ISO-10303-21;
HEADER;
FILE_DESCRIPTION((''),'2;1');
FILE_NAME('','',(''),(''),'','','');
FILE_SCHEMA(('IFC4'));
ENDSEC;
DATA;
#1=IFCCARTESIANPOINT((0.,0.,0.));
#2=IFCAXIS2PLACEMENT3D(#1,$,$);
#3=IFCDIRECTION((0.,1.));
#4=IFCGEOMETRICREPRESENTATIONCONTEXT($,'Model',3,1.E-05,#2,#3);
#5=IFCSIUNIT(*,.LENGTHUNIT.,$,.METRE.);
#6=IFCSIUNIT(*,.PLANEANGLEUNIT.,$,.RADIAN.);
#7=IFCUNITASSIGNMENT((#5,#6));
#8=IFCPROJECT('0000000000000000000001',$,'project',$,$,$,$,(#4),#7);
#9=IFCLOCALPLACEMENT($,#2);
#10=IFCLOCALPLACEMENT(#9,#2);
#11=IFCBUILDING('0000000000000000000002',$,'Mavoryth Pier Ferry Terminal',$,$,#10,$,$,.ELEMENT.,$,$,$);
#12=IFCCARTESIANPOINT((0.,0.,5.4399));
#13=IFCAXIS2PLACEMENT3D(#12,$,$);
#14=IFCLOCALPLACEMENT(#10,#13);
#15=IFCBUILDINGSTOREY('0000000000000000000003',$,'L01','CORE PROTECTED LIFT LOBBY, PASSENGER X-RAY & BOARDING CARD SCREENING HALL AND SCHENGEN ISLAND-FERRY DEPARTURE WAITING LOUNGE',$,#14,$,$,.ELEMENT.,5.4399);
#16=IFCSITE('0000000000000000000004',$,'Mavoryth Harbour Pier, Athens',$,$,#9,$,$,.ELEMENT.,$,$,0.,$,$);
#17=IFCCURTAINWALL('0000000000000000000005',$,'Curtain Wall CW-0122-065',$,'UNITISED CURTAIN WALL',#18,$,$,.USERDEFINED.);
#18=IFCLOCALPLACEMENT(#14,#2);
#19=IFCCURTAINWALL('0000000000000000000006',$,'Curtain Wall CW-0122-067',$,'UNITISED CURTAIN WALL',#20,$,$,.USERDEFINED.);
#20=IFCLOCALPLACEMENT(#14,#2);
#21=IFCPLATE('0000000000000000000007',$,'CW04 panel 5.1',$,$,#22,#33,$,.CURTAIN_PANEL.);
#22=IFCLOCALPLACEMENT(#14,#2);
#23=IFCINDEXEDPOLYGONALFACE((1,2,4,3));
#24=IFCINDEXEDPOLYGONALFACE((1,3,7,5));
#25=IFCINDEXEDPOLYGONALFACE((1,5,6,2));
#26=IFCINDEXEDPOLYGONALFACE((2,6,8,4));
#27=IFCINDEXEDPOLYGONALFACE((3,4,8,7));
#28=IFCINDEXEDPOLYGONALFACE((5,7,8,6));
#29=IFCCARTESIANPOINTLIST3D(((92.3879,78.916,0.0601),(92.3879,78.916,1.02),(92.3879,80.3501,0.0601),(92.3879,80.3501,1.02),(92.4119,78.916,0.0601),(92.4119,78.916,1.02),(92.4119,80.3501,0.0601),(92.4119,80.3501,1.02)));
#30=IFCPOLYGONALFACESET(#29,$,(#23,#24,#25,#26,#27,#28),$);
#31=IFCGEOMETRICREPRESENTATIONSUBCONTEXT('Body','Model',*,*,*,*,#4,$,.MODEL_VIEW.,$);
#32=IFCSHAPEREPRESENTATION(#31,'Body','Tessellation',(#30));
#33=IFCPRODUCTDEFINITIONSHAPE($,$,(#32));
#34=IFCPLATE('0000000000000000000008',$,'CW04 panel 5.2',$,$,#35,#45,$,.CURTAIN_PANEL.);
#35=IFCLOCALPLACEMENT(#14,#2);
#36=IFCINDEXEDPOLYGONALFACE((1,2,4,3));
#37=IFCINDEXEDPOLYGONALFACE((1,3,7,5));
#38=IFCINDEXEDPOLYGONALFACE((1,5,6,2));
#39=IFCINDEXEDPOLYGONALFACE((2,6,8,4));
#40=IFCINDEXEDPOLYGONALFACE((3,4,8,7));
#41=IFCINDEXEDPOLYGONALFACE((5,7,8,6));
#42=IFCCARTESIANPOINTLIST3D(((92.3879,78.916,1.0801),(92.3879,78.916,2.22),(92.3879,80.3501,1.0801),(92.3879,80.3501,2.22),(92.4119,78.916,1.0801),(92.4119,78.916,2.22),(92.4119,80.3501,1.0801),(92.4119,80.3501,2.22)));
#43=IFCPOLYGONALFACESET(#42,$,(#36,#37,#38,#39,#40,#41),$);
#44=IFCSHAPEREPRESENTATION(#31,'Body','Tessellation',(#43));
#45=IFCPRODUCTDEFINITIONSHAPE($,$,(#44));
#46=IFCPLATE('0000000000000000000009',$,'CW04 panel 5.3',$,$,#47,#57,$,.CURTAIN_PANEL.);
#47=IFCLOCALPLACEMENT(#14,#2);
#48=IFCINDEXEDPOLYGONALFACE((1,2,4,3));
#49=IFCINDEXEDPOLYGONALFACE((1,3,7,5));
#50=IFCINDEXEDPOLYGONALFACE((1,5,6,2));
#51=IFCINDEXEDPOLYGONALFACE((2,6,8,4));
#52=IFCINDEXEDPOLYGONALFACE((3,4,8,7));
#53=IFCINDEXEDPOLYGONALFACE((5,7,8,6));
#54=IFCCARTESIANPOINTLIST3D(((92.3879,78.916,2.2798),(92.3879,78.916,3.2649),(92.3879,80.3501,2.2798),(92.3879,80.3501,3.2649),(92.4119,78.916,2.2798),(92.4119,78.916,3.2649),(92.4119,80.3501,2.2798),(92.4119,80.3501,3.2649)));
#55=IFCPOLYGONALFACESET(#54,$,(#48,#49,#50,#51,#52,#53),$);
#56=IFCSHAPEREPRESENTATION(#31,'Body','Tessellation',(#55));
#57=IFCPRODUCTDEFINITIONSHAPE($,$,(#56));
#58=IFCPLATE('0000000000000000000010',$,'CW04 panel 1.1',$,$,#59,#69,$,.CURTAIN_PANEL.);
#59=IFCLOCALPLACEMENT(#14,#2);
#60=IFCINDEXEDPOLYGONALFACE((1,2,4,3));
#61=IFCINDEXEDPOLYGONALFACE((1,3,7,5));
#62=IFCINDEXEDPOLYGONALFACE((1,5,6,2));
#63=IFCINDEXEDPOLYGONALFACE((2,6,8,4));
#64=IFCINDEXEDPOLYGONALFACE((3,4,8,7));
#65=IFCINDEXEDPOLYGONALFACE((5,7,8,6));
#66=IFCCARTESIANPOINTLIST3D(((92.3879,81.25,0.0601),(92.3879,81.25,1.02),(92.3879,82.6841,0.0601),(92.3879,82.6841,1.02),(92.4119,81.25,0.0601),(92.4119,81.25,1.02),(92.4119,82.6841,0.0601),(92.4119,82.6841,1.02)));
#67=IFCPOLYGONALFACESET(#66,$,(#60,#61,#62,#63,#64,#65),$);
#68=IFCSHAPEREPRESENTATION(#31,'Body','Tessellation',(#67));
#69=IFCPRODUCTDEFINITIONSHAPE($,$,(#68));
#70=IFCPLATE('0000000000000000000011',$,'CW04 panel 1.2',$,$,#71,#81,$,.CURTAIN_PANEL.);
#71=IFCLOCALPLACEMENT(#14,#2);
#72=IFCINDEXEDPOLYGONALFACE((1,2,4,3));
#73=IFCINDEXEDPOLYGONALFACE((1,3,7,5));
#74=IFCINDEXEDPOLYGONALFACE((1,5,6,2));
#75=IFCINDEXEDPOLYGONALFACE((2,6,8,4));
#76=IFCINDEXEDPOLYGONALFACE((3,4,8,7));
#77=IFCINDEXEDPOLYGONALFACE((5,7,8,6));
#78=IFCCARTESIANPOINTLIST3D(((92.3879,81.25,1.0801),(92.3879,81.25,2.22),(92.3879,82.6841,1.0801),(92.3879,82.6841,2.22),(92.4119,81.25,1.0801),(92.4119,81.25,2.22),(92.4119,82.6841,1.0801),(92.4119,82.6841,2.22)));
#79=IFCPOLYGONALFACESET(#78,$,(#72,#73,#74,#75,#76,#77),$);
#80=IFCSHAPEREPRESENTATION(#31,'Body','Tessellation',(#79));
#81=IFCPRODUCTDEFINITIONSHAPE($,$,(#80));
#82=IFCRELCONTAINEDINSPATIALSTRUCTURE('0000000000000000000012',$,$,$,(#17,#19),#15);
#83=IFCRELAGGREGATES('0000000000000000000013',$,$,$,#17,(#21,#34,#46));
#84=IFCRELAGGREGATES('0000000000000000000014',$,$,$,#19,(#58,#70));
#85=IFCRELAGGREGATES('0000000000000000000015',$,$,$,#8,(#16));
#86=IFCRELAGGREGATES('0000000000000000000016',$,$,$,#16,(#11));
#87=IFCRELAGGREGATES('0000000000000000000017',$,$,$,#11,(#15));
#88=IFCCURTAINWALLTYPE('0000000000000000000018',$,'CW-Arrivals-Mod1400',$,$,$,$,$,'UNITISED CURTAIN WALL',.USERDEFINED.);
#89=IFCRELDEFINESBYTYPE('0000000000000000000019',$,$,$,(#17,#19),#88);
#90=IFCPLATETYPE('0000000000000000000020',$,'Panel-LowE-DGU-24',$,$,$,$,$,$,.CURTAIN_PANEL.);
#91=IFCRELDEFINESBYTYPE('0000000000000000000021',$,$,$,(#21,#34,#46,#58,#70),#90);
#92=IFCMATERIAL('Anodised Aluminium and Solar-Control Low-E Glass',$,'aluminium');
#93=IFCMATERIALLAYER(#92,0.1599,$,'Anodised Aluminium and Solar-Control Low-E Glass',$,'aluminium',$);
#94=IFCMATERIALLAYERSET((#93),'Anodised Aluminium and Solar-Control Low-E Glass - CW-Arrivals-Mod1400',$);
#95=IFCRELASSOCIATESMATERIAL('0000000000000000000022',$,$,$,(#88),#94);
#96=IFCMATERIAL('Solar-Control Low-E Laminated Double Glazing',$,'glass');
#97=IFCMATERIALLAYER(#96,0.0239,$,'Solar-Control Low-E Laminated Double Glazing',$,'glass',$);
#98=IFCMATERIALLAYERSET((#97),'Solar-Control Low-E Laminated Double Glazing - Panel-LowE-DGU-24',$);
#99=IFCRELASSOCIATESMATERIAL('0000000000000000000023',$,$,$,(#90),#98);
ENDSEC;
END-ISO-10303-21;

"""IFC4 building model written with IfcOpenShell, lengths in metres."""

from ifc_helpers import new_model, si_unit, direction, frame, origin, origin_2d, place, context, subcontext, project, spatial, rectangle, extrude, material, layer, layer_set, type_object, element, aggregate, save


model = new_model("IFC4")

# Units and contexts
model_context = context("Model", 3, precision=1e-05, world=origin(), true_north=direction((0.0, 1.0)))
body_context = subcontext(model_context, "Body", "Model", "MODEL_VIEW")
ifc_project = project(units=[si_unit("LENGTHUNIT", "METRE"), si_unit("PLANEANGLEUNIT", "RADIAN")], contexts=[model_context])

# Site, building, storey
site_placement = place(None, origin())
site = spatial("IfcSite", under=ifc_project, at=site_placement, Name="Mavoryth Harbour Pier, Athens", CompositionType="ELEMENT", RefElevation=0.0)
building_placement = place(site_placement, origin())
building = spatial("IfcBuilding", under=site, at=building_placement, Name="Mavoryth Pier Ferry Terminal", CompositionType="ELEMENT")
storey_placement = place(building_placement, frame((0.0, 0.0, 5.4399)))
storey = spatial("IfcBuildingStorey", under=building, at=storey_placement, Name="L01", Description="CORE PROTECTED LIFT LOBBY, PASSENGER X-RAY & BOARDING CARD SCREENING HALL AND SCHENGEN ISLAND-FERRY DEPARTURE WAITING LOUNGE", CompositionType="ELEMENT", Elevation=5.4399)

# Curtain wall
ifc_material_1 = material(Name="Anodised Aluminium and Solar-Control Low-E Glass", Category="aluminium")
ifc_layer_1 = layer(ifc_material_1, 0.1599, Name="Anodised Aluminium and Solar-Control Low-E Glass", Category="aluminium")
ifc_layer_set_1 = layer_set([ifc_layer_1], Name="Anodised Aluminium and Solar-Control Low-E Glass - CW-Arrivals-Mod1400")
curtain_wall_type = type_object("IfcCurtainWallType", Name="CW-Arrivals-Mod1400", ElementType="UNITISED CURTAIN WALL", PredefinedType="USERDEFINED", material=ifc_layer_set_1)
curtain_wall_1_placement = place(storey_placement, origin())
curtain_wall_1 = element("IfcCurtainWall", 1, at=curtain_wall_1_placement, inside=storey, type_object=curtain_wall_type, Name="Curtain Wall CW-0122-065", ObjectType="UNITISED CURTAIN WALL", PredefinedType="USERDEFINED")

# Curtain wall
curtain_wall_2_placement = place(storey_placement, origin())
curtain_wall_2 = element("IfcCurtainWall", 2, at=curtain_wall_2_placement, inside=storey, type_object=curtain_wall_type, Name="Curtain Wall CW-0122-067", ObjectType="UNITISED CURTAIN WALL", PredefinedType="USERDEFINED")

# Plates
ifc_material_2 = material(Name="Solar-Control Low-E Laminated Double Glazing", Category="glass")
ifc_layer_2 = layer(ifc_material_2, 0.0239, Name="Solar-Control Low-E Laminated Double Glazing", Category="glass")
ifc_layer_set_2 = layer_set([ifc_layer_2], Name="Solar-Control Low-E Laminated Double Glazing - Panel-LowE-DGU-24")
plate_type = type_object("IfcPlateType", Name="Panel-LowE-DGU-24", PredefinedType="CURTAIN_PANEL", material=ifc_layer_set_2)
plate_1_placement = place(storey_placement, frame((92.3999, 79.6331, 0.0601), z_axis=(0.0, 0.0, 1.0), x_axis=(0.0, 1.0, 0.0)))
plate_1 = element("IfcPlate", 3, at=plate_1_placement, type_object=plate_type, Name="CW04 panel 5.1", PredefinedType="CURTAIN_PANEL", context=body_context, shape_type="SweptSolid", body=[
    extrude(rectangle(XDim=1.4341, YDim=0.0239, at=origin_2d()), origin(), (0.0, 0.0, 1.0), 0.96),
])
plate_2_placement = place(storey_placement, frame((92.3999, 79.6331, 1.0801), z_axis=(0.0, 0.0, 1.0), x_axis=(0.0, 1.0, 0.0)))
plate_2 = element("IfcPlate", 4, at=plate_2_placement, type_object=plate_type, Name="CW04 panel 5.2", PredefinedType="CURTAIN_PANEL", context=body_context, shape_type="SweptSolid", body=[
    extrude(rectangle(XDim=1.4341, YDim=0.0239, at=origin_2d()), origin(), (0.0, 0.0, 1.0), 1.1399),
])
plate_3_placement = place(storey_placement, frame((92.3999, 79.6331, 2.2798), z_axis=(0.0, 0.0, 1.0), x_axis=(0.0, 1.0, 0.0)))
plate_3 = element("IfcPlate", 5, at=plate_3_placement, type_object=plate_type, Name="CW04 panel 5.3", PredefinedType="CURTAIN_PANEL", context=body_context, shape_type="SweptSolid", body=[
    extrude(rectangle(XDim=1.4341, YDim=0.0239, at=origin_2d()), origin(), (0.0, 0.0, 1.0), 0.9851),
])
aggregate(curtain_wall_1, [plate_1, plate_2, plate_3])
plate_4_placement = place(storey_placement, frame((92.3999, 81.967, 0.0601), z_axis=(0.0, 0.0, 1.0), x_axis=(0.0, 1.0, 0.0)))
plate_4 = element("IfcPlate", 6, at=plate_4_placement, type_object=plate_type, Name="CW04 panel 1.1", PredefinedType="CURTAIN_PANEL", context=body_context, shape_type="SweptSolid", body=[
    extrude(rectangle(XDim=1.4341, YDim=0.0239, at=origin_2d()), origin(), (0.0, 0.0, 1.0), 0.96),
])
plate_5_placement = place(storey_placement, frame((92.3999, 81.967, 1.0801), z_axis=(0.0, 0.0, 1.0), x_axis=(0.0, 1.0, 0.0)))
plate_5 = element("IfcPlate", 7, at=plate_5_placement, type_object=plate_type, Name="CW04 panel 1.2", PredefinedType="CURTAIN_PANEL", context=body_context, shape_type="SweptSolid", body=[
    extrude(rectangle(XDim=1.4341, YDim=0.0239, at=origin_2d()), origin(), (0.0, 0.0, 1.0), 1.1399),
])
aggregate(curtain_wall_2, [plate_4, plate_5])

save(model, "model.ifc")
